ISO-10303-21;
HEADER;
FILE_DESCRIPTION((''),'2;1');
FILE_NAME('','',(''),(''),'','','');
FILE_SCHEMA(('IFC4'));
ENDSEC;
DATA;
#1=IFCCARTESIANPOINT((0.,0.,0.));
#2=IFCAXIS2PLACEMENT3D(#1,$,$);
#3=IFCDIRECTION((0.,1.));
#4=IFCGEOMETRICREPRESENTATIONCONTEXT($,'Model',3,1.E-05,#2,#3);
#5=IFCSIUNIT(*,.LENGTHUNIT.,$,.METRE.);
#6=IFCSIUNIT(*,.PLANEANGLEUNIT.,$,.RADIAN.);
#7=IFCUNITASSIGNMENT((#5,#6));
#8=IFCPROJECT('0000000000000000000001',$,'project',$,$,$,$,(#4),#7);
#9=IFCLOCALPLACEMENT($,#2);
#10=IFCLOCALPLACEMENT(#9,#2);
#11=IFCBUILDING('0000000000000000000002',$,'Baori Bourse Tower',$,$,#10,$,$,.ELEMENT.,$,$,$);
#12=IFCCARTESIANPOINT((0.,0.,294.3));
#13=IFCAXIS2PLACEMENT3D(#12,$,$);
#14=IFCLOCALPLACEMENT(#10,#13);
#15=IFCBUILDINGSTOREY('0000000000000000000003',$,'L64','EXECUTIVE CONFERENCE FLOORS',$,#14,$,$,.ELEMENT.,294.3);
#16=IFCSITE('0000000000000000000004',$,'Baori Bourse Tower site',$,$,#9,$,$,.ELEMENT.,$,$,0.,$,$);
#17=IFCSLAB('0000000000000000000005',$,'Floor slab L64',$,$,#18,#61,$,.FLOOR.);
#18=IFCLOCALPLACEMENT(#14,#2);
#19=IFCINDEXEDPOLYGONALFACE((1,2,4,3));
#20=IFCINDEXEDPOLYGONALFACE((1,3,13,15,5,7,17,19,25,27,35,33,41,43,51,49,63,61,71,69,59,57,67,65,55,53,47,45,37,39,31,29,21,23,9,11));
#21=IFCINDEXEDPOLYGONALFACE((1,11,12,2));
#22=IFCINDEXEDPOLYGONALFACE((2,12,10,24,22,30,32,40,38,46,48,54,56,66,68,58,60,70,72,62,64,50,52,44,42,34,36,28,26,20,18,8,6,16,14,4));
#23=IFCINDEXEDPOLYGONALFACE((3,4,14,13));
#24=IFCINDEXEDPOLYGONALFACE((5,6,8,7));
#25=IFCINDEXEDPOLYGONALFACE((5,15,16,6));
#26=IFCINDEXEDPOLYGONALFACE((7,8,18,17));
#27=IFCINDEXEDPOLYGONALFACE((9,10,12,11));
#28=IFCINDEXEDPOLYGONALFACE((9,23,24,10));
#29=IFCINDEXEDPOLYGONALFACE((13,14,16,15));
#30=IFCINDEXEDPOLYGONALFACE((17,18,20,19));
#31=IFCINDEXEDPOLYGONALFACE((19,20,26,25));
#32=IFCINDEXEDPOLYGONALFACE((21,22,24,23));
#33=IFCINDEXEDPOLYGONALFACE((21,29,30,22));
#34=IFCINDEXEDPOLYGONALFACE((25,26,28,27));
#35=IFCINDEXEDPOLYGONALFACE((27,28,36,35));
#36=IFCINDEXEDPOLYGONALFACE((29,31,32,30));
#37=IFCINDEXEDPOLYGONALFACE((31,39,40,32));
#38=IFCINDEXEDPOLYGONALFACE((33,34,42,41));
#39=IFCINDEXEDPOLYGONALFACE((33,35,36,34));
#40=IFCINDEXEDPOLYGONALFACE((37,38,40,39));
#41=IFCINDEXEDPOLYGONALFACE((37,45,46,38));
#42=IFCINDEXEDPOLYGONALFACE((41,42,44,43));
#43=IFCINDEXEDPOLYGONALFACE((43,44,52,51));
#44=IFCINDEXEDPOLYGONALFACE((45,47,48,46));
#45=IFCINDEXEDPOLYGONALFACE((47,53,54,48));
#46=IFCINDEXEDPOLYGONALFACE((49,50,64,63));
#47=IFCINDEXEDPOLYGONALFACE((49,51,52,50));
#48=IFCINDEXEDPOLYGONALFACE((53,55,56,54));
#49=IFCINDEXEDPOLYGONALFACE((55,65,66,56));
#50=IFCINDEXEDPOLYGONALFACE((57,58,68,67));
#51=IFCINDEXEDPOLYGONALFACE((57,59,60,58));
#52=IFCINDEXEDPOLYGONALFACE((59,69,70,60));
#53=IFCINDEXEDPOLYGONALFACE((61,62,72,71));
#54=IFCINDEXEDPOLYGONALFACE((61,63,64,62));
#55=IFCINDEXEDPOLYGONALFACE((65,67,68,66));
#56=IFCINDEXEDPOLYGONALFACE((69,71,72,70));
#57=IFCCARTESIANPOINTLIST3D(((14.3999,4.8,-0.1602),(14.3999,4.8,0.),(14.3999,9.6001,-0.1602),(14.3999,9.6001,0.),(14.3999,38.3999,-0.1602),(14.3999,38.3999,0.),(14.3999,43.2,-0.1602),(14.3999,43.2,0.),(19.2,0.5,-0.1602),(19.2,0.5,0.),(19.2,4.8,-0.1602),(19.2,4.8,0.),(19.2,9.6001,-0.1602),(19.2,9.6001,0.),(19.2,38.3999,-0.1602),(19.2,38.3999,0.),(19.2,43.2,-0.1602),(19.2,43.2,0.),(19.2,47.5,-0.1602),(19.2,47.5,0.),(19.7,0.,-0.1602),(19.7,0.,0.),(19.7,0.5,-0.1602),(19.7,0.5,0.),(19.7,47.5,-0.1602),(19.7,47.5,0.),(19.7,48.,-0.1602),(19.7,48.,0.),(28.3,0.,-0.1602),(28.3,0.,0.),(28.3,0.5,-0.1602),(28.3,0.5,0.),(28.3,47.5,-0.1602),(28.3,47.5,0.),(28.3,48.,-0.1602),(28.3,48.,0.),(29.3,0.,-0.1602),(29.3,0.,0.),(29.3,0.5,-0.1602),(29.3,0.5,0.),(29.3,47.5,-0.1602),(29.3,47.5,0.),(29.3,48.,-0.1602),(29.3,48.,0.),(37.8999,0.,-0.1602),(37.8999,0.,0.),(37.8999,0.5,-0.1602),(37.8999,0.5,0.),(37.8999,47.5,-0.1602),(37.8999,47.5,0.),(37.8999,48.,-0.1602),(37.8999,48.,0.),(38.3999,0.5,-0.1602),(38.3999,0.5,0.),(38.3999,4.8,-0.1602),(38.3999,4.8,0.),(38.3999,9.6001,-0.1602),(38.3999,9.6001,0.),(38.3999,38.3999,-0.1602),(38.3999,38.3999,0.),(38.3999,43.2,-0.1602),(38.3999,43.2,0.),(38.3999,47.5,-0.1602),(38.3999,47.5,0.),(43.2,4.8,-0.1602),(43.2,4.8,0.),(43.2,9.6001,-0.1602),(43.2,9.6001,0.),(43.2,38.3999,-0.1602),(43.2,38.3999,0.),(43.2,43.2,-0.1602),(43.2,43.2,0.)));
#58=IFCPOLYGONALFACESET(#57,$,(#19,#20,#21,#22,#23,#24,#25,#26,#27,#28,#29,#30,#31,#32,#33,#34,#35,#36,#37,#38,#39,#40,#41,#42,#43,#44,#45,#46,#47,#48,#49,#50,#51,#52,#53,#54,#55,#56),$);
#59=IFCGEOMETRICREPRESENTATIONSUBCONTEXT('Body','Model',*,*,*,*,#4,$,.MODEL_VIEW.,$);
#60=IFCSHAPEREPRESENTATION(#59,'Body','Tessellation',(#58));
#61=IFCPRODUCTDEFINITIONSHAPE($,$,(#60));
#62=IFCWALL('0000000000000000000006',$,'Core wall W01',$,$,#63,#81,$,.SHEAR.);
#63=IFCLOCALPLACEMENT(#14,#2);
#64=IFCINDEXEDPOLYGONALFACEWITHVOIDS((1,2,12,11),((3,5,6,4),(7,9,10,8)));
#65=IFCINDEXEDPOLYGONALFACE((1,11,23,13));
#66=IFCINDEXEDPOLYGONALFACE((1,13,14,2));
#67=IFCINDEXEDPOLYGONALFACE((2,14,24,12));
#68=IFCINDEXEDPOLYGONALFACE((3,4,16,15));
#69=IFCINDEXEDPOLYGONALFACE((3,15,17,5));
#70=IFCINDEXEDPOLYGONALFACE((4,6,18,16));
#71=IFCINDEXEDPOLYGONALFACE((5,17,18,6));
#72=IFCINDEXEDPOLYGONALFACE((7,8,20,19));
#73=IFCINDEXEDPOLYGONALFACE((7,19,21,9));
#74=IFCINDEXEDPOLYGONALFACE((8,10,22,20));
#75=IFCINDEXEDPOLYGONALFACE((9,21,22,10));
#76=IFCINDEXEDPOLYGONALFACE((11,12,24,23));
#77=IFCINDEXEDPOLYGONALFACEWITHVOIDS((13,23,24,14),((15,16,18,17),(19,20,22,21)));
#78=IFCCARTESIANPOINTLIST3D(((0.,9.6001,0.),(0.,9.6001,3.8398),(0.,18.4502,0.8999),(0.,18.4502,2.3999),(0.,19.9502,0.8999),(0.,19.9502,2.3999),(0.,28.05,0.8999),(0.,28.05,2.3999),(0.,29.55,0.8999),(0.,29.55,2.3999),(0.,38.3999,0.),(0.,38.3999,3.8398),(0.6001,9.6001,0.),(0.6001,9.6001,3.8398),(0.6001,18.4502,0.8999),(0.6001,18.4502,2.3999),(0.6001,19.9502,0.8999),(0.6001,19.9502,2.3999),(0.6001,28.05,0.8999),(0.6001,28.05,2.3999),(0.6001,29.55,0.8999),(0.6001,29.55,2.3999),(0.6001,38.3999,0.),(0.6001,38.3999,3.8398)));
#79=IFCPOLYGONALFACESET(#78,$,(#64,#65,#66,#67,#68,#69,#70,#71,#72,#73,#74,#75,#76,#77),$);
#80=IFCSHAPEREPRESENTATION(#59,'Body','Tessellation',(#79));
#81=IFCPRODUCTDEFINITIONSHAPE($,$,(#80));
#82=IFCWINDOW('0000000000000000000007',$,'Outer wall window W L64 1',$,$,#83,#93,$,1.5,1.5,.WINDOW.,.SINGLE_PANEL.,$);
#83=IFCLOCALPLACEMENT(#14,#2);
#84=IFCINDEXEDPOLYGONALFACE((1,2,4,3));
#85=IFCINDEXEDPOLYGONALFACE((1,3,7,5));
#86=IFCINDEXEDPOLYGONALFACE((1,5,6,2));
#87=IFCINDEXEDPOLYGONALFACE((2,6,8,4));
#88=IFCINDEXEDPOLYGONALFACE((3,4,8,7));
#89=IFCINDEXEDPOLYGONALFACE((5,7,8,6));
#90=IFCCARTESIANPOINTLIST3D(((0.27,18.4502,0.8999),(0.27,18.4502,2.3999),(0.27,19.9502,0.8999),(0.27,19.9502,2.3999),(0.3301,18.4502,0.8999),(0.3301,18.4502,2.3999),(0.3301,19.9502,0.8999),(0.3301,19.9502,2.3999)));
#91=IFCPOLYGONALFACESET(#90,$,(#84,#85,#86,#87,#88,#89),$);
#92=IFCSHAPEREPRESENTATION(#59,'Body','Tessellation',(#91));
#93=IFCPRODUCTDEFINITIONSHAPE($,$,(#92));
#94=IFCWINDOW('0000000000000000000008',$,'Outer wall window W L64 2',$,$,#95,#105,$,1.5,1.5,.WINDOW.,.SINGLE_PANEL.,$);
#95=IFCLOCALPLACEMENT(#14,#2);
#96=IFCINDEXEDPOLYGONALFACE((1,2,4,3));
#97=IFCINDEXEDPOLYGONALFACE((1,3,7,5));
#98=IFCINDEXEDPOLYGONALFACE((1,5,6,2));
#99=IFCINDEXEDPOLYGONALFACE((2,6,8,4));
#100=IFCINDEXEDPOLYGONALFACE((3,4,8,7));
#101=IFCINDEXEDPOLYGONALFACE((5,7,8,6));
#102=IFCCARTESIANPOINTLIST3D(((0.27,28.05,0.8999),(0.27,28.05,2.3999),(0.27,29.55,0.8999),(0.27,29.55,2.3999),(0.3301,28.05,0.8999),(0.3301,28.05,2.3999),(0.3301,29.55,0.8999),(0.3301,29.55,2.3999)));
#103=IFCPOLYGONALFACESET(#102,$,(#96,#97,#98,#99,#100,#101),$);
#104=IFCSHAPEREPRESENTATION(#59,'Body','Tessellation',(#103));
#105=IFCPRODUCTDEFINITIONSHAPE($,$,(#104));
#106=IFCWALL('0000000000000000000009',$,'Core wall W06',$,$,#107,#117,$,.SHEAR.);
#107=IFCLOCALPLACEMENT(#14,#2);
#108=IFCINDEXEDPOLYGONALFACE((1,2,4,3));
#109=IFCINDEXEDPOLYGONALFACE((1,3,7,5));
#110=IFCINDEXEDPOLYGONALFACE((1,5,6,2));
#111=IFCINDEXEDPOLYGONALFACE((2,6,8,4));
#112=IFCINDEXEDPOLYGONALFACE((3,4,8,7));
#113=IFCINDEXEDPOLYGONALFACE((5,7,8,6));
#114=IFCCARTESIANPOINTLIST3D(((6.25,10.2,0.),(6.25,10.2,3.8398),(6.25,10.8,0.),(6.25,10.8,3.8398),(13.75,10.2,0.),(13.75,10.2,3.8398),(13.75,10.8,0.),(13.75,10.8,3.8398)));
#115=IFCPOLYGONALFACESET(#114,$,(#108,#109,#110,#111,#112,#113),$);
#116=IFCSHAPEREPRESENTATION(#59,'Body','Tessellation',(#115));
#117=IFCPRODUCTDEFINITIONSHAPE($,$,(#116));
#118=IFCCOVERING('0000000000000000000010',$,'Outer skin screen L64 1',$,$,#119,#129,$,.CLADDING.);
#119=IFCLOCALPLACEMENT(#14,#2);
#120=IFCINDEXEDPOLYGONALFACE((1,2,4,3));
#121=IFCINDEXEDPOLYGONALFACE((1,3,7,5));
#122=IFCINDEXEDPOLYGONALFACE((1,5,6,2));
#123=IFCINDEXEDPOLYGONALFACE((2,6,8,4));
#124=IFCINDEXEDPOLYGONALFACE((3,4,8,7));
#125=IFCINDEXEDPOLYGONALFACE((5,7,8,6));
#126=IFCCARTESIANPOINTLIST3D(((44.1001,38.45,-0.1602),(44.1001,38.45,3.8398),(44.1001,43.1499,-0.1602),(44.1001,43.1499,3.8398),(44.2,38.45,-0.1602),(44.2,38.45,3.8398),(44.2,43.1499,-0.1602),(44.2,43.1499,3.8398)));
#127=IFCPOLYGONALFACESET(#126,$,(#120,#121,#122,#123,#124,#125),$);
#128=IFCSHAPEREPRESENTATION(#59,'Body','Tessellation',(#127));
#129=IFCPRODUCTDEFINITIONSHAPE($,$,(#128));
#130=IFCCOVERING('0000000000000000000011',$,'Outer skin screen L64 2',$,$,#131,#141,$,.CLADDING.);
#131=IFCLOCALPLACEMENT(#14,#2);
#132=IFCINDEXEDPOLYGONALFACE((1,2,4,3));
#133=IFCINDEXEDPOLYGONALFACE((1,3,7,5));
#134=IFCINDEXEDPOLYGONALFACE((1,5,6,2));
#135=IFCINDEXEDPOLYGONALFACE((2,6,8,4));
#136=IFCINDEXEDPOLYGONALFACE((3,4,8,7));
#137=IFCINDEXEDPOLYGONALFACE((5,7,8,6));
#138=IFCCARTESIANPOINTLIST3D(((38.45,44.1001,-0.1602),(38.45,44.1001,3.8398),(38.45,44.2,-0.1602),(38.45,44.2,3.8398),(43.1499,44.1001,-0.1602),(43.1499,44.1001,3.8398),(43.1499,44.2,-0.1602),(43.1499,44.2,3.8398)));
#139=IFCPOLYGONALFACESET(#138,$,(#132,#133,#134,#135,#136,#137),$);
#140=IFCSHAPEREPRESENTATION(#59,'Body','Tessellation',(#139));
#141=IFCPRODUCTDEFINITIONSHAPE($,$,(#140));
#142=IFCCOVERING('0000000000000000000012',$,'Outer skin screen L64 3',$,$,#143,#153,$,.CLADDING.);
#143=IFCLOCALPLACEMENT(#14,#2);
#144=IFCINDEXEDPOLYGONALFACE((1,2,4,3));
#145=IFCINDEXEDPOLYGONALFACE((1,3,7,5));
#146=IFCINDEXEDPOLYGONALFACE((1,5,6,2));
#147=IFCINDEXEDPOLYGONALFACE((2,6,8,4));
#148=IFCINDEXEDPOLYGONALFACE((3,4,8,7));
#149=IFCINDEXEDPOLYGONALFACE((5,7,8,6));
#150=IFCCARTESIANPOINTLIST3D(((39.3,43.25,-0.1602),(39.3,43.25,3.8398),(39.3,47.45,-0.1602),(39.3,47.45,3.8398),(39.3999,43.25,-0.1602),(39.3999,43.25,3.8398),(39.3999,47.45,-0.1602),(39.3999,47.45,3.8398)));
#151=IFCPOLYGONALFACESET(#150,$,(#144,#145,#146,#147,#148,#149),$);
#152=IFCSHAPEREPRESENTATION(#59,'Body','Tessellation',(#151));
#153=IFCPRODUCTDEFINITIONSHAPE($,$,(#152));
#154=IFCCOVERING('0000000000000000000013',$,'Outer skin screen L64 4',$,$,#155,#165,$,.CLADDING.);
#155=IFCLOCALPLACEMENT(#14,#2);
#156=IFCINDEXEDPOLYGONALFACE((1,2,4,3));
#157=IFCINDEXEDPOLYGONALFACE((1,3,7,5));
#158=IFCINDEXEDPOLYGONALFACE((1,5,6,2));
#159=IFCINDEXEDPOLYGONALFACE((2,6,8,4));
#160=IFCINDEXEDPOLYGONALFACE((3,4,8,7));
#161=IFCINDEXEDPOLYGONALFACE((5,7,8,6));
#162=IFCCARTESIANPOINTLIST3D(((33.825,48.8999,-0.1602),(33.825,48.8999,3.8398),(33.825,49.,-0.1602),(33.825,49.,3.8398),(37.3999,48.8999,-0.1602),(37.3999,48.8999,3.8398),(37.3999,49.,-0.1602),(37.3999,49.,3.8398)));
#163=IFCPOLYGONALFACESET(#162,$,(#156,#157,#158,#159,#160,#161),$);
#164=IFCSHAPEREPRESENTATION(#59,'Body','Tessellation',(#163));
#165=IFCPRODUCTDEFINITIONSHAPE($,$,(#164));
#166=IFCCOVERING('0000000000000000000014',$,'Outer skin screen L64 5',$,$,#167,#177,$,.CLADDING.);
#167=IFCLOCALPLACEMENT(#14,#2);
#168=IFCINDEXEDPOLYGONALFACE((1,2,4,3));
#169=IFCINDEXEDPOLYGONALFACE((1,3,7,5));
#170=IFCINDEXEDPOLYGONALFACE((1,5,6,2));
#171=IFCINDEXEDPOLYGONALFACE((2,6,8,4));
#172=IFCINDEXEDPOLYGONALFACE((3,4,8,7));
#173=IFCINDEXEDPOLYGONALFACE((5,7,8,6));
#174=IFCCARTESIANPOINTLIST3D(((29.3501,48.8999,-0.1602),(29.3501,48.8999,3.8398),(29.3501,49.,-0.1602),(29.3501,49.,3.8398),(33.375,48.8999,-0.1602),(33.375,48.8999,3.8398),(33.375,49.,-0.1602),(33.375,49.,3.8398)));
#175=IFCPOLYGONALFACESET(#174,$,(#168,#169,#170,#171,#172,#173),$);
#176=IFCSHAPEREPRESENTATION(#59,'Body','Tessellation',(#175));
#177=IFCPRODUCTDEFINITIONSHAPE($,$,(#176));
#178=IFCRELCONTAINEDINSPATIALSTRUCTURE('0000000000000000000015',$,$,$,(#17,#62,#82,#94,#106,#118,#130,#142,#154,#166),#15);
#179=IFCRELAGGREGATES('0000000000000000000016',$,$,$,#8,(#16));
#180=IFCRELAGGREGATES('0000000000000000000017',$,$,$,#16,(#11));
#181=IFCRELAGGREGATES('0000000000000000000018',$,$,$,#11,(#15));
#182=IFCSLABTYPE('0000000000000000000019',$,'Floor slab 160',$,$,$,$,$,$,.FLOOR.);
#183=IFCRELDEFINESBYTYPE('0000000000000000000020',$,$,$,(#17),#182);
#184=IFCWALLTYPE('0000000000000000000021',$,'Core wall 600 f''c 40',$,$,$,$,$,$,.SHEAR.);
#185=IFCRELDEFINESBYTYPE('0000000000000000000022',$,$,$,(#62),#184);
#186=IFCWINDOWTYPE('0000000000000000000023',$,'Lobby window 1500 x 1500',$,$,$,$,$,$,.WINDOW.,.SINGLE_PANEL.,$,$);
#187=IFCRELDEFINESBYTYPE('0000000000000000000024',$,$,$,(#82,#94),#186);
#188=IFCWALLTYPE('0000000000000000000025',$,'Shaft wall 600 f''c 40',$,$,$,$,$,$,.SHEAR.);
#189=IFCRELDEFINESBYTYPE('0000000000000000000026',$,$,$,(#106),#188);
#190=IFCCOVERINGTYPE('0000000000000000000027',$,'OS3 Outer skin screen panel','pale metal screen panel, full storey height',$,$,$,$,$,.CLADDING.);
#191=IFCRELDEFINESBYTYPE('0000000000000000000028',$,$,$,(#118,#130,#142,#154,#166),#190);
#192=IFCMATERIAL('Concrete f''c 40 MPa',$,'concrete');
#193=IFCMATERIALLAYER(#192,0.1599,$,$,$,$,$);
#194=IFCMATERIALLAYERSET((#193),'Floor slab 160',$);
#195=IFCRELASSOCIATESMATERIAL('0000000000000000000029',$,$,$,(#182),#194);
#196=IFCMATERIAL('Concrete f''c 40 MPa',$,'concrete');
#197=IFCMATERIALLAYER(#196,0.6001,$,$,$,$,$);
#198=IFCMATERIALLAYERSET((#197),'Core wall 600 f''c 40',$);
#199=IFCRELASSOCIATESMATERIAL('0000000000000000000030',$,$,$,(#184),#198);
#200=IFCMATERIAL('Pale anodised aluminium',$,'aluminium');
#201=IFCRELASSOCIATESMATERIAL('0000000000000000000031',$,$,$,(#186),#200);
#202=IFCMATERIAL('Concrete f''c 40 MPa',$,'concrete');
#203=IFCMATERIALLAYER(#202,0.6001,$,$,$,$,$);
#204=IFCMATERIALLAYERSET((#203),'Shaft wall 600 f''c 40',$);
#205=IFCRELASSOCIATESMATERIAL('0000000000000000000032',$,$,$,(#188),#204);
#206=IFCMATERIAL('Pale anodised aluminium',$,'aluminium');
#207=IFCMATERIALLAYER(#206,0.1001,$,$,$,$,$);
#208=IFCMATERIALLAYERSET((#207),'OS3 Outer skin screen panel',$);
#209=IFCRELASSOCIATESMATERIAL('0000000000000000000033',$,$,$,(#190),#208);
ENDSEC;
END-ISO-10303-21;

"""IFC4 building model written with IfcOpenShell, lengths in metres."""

from ifc_helpers import new_model, si_unit, direction, frame, frame_2d, origin, place, context, subcontext, project, spatial, polyline, rectangle, outline, extrude, material, layer, layer_set, type_object, element, fill, save


model = new_model("IFC4")

# Units and contexts
model_context = context("Model", 3, precision=1e-05, world=origin(), true_north=direction((0.0, 1.0)))
body_context = subcontext(model_context, "Body", "Model", "MODEL_VIEW")
ifc_project = project(units=[si_unit("LENGTHUNIT", "METRE"), si_unit("PLANEANGLEUNIT", "RADIAN")], contexts=[model_context])

# Site, building, storey
site_placement = place(None, origin())
site = spatial("IfcSite", under=ifc_project, at=site_placement, Name="Baori Bourse Tower site", CompositionType="ELEMENT", RefElevation=0.0)
building_placement = place(site_placement, origin())
building = spatial("IfcBuilding", under=site, at=building_placement, Name="Baori Bourse Tower", CompositionType="ELEMENT")
storey_placement = place(building_placement, frame((0.0, 0.0, 294.3)))
storey = spatial("IfcBuildingStorey", under=building, at=storey_placement, Name="L64", Description="EXECUTIVE CONFERENCE FLOORS", CompositionType="ELEMENT", Elevation=294.3)

# Slab
ifc_material_1 = material(Name="Concrete f'c 40 MPa", Category="concrete")
ifc_layer_1 = layer(ifc_material_1, 0.1599)
ifc_layer_set_1 = layer_set([ifc_layer_1], Name="Floor slab 160")
slab_type_1 = type_object("IfcSlabType", Name="Floor slab 160", PredefinedType="FLOOR", material=ifc_layer_set_1)
slab_1_placement = place(storey_placement, frame((0.0, 0.0, -0.1602)))
element("IfcSlab", 1, at=slab_1_placement, inside=storey, type_object=slab_type_1, Name="Floor slab L64", PredefinedType="FLOOR", context=body_context, shape_type="SweptSolid", body=[
    extrude(outline(polyline([(19.2, 4.8), (14.3999, 4.8), (14.3999, 9.6001), (19.2, 9.6001), (19.2, 38.3999), (14.3999, 38.3999), (14.3999, 43.2), (19.2, 43.2), (19.2, 47.5), (19.7, 47.5), (19.7, 48.0), (28.3, 48.0), (28.3, 47.5), (29.3, 47.5), (29.3, 48.0), (37.8999, 48.0), (37.8999, 47.5), (38.3999, 47.5), (38.3999, 43.2), (43.2, 43.2), (43.2, 38.3999), (38.3999, 38.3999), (38.3999, 9.6001), (43.2, 9.6001), (43.2, 4.8), (38.3999, 4.8), (38.3999, 0.5), (37.8999, 0.5), (37.8999, 0.0), (29.3, 0.0), (29.3, 0.5), (28.3, 0.5), (28.3, 0.0), (19.7, 0.0), (19.7, 0.5), (19.2, 0.5), (19.2, 4.8)])), origin(), (0.0, 0.0, 1.0), 0.1602),
])

# Wall, openings, windows
ifc_material_2 = material(Name="Concrete f'c 40 MPa", Category="concrete")
ifc_layer_2 = layer(ifc_material_2, 0.6001)
ifc_layer_set_2 = layer_set([ifc_layer_2], Name="Core wall 600 f'c 40")
wall_type_1 = type_object("IfcWallType", Name="Core wall 600 f'c 40", PredefinedType="SHEAR", material=ifc_layer_set_2)
wall_1_placement = place(storey_placement, frame((0.3, 9.6001, 0.0), z_axis=(0.0, 0.0, 1.0), x_axis=(0.0, 1.0, 0.0)))
wall_1 = element("IfcWall", 2, at=wall_1_placement, inside=storey, type_object=wall_type_1, Name="Core wall W01", PredefinedType="SHEAR", context=body_context, shape_type="SweptSolid", body=[
    extrude(rectangle(XDim=28.7998, YDim=0.6001, at=frame_2d((14.3999, 0.0))), origin(), (0.0, 0.0, 1.0), 3.8398),
])
opening_1_placement = place(wall_1_placement, frame((8.8501, 0.0, 0.8999)))
opening_1 = element("IfcOpeningElement", 3, at=opening_1_placement, cuts=wall_1, PredefinedType="OPENING", context=body_context, shape_type="SweptSolid", body=[
    extrude(rectangle(XDim=1.5, YDim=1.5, at=frame_2d((0.75, 0.75))), frame((0.0, 0.3101, 0.0), z_axis=(0.0, -1.0, 0.0), x_axis=(1.0, 0.0, 0.0)), (0.0, 0.0, 1.0), 0.6201),
])
opening_2_placement = place(wall_1_placement, frame((18.45, 0.0, 0.8999)))
opening_2 = element("IfcOpeningElement", 4, at=opening_2_placement, cuts=wall_1, PredefinedType="OPENING", context=body_context, shape_type="SweptSolid", body=[
    extrude(rectangle(XDim=1.5, YDim=1.5, at=frame_2d((0.75, 0.75))), frame((0.0, 0.3101, 0.0), z_axis=(0.0, -1.0, 0.0), x_axis=(1.0, 0.0, 0.0)), (0.0, 0.0, 1.0), 0.6201),
])
ifc_material_3 = material(Name="Pale anodised aluminium", Category="aluminium")
window_type = type_object("IfcWindowType", Name="Lobby window 1500 x 1500", PartitioningType="SINGLE_PANEL", PredefinedType="WINDOW", material=ifc_material_3)
window_1_placement = place(opening_1_placement, origin())
window_1 = element("IfcWindow", 5, at=window_1_placement, inside=storey, type_object=window_type, Name="Outer wall window W L64 1", OverallHeight=1.5, OverallWidth=1.5, PartitioningType="SINGLE_PANEL", PredefinedType="WINDOW", context=body_context, shape_type="SweptSolid", body=[
    extrude(rectangle(XDim=1.5, YDim=1.5, at=frame_2d((0.75, 0.75))), frame((0.0, 0.03, 0.0), z_axis=(0.0, -1.0, 0.0), x_axis=(1.0, 0.0, 0.0)), (0.0, 0.0, 1.0), 0.0601),
])
fill(opening_1, window_1)
window_2_placement = place(opening_2_placement, origin())
window_2 = element("IfcWindow", 6, at=window_2_placement, inside=storey, type_object=window_type, Name="Outer wall window W L64 2", OverallHeight=1.5, OverallWidth=1.5, PartitioningType="SINGLE_PANEL", PredefinedType="WINDOW", context=body_context, shape_type="SweptSolid", body=[
    extrude(rectangle(XDim=1.5, YDim=1.5, at=frame_2d((0.75, 0.75))), frame((0.0, 0.03, 0.0), z_axis=(0.0, -1.0, 0.0), x_axis=(1.0, 0.0, 0.0)), (0.0, 0.0, 1.0), 0.0601),
])
fill(opening_2, window_2)

# Wall
ifc_material_4 = material(Name="Concrete f'c 40 MPa", Category="concrete")
ifc_layer_3 = layer(ifc_material_4, 0.6001)
ifc_layer_set_3 = layer_set([ifc_layer_3], Name="Shaft wall 600 f'c 40")
wall_type_2 = type_object("IfcWallType", Name="Shaft wall 600 f'c 40", PredefinedType="SHEAR", material=ifc_layer_set_3)
wall_2_placement = place(storey_placement, frame((6.25, 10.5, 0.0), z_axis=(0.0, 0.0, 1.0), x_axis=(1.0, 0.0, 0.0)))
element("IfcWall", 7, at=wall_2_placement, inside=storey, type_object=wall_type_2, Name="Core wall W06", PredefinedType="SHEAR", context=body_context, shape_type="SweptSolid", body=[
    extrude(rectangle(XDim=7.5, YDim=0.6001, at=frame_2d((3.75, 0.0))), origin(), (0.0, 0.0, 1.0), 3.8398),
])

# Coverings
ifc_material_5 = material(Name="Pale anodised aluminium", Category="aluminium")
ifc_layer_4 = layer(ifc_material_5, 0.1001)
ifc_layer_set_4 = layer_set([ifc_layer_4], Name="OS3 Outer skin screen panel")
covering_type = type_object("IfcCoveringType", Name="OS3 Outer skin screen panel", Description="pale metal screen panel, full storey height", PredefinedType="CLADDING", material=ifc_layer_set_4)
covering_1_placement = place(storey_placement, frame((0.0, 0.0, -0.1602)))
element("IfcCovering", 8, at=covering_1_placement, inside=storey, type_object=covering_type, Name="Outer skin screen L64 1", PredefinedType="CLADDING", context=body_context, shape_type="SweptSolid", body=[
    extrude(outline(polyline([(44.1001, 43.1499), (44.1001, 38.45), (44.2, 38.45), (44.2, 43.1499), (44.1001, 43.1499)])), origin(), (0.0, 0.0, 1.0), 4.0),
])
covering_2_placement = place(storey_placement, frame((0.0, 0.0, -0.1602)))
element("IfcCovering", 9, at=covering_2_placement, inside=storey, type_object=covering_type, Name="Outer skin screen L64 2", PredefinedType="CLADDING", context=body_context, shape_type="SweptSolid", body=[
    extrude(outline(polyline([(38.45, 44.1001), (43.1499, 44.1001), (43.1499, 44.2), (38.45, 44.2), (38.45, 44.1001)])), origin(), (0.0, 0.0, 1.0), 4.0),
])
covering_3_placement = place(storey_placement, frame((0.0, 0.0, -0.1602)))
element("IfcCovering", 10, at=covering_3_placement, inside=storey, type_object=covering_type, Name="Outer skin screen L64 3", PredefinedType="CLADDING", context=body_context, shape_type="SweptSolid", body=[
    extrude(outline(polyline([(39.3, 47.45), (39.3, 43.25), (39.3999, 43.25), (39.3999, 47.45), (39.3, 47.45)])), origin(), (0.0, 0.0, 1.0), 4.0),
])
covering_4_placement = place(storey_placement, frame((0.0, 0.0, -0.1602)))
element("IfcCovering", 11, at=covering_4_placement, inside=storey, type_object=covering_type, Name="Outer skin screen L64 4", PredefinedType="CLADDING", context=body_context, shape_type="SweptSolid", body=[
    extrude(outline(polyline([(33.825, 48.8999), (37.3999, 48.8999), (37.3999, 49.0), (33.825, 49.0), (33.825, 48.8999)])), origin(), (0.0, 0.0, 1.0), 4.0),
])
covering_5_placement = place(storey_placement, frame((0.0, 0.0, -0.1602)))
element("IfcCovering", 12, at=covering_5_placement, inside=storey, type_object=covering_type, Name="Outer skin screen L64 5", PredefinedType="CLADDING", context=body_context, shape_type="SweptSolid", body=[
    extrude(outline(polyline([(29.3501, 48.8999), (33.375, 48.8999), (33.375, 49.0), (29.3501, 49.0), (29.3501, 48.8999)])), origin(), (0.0, 0.0, 1.0), 4.0),
])

save(model, "model.ifc")
